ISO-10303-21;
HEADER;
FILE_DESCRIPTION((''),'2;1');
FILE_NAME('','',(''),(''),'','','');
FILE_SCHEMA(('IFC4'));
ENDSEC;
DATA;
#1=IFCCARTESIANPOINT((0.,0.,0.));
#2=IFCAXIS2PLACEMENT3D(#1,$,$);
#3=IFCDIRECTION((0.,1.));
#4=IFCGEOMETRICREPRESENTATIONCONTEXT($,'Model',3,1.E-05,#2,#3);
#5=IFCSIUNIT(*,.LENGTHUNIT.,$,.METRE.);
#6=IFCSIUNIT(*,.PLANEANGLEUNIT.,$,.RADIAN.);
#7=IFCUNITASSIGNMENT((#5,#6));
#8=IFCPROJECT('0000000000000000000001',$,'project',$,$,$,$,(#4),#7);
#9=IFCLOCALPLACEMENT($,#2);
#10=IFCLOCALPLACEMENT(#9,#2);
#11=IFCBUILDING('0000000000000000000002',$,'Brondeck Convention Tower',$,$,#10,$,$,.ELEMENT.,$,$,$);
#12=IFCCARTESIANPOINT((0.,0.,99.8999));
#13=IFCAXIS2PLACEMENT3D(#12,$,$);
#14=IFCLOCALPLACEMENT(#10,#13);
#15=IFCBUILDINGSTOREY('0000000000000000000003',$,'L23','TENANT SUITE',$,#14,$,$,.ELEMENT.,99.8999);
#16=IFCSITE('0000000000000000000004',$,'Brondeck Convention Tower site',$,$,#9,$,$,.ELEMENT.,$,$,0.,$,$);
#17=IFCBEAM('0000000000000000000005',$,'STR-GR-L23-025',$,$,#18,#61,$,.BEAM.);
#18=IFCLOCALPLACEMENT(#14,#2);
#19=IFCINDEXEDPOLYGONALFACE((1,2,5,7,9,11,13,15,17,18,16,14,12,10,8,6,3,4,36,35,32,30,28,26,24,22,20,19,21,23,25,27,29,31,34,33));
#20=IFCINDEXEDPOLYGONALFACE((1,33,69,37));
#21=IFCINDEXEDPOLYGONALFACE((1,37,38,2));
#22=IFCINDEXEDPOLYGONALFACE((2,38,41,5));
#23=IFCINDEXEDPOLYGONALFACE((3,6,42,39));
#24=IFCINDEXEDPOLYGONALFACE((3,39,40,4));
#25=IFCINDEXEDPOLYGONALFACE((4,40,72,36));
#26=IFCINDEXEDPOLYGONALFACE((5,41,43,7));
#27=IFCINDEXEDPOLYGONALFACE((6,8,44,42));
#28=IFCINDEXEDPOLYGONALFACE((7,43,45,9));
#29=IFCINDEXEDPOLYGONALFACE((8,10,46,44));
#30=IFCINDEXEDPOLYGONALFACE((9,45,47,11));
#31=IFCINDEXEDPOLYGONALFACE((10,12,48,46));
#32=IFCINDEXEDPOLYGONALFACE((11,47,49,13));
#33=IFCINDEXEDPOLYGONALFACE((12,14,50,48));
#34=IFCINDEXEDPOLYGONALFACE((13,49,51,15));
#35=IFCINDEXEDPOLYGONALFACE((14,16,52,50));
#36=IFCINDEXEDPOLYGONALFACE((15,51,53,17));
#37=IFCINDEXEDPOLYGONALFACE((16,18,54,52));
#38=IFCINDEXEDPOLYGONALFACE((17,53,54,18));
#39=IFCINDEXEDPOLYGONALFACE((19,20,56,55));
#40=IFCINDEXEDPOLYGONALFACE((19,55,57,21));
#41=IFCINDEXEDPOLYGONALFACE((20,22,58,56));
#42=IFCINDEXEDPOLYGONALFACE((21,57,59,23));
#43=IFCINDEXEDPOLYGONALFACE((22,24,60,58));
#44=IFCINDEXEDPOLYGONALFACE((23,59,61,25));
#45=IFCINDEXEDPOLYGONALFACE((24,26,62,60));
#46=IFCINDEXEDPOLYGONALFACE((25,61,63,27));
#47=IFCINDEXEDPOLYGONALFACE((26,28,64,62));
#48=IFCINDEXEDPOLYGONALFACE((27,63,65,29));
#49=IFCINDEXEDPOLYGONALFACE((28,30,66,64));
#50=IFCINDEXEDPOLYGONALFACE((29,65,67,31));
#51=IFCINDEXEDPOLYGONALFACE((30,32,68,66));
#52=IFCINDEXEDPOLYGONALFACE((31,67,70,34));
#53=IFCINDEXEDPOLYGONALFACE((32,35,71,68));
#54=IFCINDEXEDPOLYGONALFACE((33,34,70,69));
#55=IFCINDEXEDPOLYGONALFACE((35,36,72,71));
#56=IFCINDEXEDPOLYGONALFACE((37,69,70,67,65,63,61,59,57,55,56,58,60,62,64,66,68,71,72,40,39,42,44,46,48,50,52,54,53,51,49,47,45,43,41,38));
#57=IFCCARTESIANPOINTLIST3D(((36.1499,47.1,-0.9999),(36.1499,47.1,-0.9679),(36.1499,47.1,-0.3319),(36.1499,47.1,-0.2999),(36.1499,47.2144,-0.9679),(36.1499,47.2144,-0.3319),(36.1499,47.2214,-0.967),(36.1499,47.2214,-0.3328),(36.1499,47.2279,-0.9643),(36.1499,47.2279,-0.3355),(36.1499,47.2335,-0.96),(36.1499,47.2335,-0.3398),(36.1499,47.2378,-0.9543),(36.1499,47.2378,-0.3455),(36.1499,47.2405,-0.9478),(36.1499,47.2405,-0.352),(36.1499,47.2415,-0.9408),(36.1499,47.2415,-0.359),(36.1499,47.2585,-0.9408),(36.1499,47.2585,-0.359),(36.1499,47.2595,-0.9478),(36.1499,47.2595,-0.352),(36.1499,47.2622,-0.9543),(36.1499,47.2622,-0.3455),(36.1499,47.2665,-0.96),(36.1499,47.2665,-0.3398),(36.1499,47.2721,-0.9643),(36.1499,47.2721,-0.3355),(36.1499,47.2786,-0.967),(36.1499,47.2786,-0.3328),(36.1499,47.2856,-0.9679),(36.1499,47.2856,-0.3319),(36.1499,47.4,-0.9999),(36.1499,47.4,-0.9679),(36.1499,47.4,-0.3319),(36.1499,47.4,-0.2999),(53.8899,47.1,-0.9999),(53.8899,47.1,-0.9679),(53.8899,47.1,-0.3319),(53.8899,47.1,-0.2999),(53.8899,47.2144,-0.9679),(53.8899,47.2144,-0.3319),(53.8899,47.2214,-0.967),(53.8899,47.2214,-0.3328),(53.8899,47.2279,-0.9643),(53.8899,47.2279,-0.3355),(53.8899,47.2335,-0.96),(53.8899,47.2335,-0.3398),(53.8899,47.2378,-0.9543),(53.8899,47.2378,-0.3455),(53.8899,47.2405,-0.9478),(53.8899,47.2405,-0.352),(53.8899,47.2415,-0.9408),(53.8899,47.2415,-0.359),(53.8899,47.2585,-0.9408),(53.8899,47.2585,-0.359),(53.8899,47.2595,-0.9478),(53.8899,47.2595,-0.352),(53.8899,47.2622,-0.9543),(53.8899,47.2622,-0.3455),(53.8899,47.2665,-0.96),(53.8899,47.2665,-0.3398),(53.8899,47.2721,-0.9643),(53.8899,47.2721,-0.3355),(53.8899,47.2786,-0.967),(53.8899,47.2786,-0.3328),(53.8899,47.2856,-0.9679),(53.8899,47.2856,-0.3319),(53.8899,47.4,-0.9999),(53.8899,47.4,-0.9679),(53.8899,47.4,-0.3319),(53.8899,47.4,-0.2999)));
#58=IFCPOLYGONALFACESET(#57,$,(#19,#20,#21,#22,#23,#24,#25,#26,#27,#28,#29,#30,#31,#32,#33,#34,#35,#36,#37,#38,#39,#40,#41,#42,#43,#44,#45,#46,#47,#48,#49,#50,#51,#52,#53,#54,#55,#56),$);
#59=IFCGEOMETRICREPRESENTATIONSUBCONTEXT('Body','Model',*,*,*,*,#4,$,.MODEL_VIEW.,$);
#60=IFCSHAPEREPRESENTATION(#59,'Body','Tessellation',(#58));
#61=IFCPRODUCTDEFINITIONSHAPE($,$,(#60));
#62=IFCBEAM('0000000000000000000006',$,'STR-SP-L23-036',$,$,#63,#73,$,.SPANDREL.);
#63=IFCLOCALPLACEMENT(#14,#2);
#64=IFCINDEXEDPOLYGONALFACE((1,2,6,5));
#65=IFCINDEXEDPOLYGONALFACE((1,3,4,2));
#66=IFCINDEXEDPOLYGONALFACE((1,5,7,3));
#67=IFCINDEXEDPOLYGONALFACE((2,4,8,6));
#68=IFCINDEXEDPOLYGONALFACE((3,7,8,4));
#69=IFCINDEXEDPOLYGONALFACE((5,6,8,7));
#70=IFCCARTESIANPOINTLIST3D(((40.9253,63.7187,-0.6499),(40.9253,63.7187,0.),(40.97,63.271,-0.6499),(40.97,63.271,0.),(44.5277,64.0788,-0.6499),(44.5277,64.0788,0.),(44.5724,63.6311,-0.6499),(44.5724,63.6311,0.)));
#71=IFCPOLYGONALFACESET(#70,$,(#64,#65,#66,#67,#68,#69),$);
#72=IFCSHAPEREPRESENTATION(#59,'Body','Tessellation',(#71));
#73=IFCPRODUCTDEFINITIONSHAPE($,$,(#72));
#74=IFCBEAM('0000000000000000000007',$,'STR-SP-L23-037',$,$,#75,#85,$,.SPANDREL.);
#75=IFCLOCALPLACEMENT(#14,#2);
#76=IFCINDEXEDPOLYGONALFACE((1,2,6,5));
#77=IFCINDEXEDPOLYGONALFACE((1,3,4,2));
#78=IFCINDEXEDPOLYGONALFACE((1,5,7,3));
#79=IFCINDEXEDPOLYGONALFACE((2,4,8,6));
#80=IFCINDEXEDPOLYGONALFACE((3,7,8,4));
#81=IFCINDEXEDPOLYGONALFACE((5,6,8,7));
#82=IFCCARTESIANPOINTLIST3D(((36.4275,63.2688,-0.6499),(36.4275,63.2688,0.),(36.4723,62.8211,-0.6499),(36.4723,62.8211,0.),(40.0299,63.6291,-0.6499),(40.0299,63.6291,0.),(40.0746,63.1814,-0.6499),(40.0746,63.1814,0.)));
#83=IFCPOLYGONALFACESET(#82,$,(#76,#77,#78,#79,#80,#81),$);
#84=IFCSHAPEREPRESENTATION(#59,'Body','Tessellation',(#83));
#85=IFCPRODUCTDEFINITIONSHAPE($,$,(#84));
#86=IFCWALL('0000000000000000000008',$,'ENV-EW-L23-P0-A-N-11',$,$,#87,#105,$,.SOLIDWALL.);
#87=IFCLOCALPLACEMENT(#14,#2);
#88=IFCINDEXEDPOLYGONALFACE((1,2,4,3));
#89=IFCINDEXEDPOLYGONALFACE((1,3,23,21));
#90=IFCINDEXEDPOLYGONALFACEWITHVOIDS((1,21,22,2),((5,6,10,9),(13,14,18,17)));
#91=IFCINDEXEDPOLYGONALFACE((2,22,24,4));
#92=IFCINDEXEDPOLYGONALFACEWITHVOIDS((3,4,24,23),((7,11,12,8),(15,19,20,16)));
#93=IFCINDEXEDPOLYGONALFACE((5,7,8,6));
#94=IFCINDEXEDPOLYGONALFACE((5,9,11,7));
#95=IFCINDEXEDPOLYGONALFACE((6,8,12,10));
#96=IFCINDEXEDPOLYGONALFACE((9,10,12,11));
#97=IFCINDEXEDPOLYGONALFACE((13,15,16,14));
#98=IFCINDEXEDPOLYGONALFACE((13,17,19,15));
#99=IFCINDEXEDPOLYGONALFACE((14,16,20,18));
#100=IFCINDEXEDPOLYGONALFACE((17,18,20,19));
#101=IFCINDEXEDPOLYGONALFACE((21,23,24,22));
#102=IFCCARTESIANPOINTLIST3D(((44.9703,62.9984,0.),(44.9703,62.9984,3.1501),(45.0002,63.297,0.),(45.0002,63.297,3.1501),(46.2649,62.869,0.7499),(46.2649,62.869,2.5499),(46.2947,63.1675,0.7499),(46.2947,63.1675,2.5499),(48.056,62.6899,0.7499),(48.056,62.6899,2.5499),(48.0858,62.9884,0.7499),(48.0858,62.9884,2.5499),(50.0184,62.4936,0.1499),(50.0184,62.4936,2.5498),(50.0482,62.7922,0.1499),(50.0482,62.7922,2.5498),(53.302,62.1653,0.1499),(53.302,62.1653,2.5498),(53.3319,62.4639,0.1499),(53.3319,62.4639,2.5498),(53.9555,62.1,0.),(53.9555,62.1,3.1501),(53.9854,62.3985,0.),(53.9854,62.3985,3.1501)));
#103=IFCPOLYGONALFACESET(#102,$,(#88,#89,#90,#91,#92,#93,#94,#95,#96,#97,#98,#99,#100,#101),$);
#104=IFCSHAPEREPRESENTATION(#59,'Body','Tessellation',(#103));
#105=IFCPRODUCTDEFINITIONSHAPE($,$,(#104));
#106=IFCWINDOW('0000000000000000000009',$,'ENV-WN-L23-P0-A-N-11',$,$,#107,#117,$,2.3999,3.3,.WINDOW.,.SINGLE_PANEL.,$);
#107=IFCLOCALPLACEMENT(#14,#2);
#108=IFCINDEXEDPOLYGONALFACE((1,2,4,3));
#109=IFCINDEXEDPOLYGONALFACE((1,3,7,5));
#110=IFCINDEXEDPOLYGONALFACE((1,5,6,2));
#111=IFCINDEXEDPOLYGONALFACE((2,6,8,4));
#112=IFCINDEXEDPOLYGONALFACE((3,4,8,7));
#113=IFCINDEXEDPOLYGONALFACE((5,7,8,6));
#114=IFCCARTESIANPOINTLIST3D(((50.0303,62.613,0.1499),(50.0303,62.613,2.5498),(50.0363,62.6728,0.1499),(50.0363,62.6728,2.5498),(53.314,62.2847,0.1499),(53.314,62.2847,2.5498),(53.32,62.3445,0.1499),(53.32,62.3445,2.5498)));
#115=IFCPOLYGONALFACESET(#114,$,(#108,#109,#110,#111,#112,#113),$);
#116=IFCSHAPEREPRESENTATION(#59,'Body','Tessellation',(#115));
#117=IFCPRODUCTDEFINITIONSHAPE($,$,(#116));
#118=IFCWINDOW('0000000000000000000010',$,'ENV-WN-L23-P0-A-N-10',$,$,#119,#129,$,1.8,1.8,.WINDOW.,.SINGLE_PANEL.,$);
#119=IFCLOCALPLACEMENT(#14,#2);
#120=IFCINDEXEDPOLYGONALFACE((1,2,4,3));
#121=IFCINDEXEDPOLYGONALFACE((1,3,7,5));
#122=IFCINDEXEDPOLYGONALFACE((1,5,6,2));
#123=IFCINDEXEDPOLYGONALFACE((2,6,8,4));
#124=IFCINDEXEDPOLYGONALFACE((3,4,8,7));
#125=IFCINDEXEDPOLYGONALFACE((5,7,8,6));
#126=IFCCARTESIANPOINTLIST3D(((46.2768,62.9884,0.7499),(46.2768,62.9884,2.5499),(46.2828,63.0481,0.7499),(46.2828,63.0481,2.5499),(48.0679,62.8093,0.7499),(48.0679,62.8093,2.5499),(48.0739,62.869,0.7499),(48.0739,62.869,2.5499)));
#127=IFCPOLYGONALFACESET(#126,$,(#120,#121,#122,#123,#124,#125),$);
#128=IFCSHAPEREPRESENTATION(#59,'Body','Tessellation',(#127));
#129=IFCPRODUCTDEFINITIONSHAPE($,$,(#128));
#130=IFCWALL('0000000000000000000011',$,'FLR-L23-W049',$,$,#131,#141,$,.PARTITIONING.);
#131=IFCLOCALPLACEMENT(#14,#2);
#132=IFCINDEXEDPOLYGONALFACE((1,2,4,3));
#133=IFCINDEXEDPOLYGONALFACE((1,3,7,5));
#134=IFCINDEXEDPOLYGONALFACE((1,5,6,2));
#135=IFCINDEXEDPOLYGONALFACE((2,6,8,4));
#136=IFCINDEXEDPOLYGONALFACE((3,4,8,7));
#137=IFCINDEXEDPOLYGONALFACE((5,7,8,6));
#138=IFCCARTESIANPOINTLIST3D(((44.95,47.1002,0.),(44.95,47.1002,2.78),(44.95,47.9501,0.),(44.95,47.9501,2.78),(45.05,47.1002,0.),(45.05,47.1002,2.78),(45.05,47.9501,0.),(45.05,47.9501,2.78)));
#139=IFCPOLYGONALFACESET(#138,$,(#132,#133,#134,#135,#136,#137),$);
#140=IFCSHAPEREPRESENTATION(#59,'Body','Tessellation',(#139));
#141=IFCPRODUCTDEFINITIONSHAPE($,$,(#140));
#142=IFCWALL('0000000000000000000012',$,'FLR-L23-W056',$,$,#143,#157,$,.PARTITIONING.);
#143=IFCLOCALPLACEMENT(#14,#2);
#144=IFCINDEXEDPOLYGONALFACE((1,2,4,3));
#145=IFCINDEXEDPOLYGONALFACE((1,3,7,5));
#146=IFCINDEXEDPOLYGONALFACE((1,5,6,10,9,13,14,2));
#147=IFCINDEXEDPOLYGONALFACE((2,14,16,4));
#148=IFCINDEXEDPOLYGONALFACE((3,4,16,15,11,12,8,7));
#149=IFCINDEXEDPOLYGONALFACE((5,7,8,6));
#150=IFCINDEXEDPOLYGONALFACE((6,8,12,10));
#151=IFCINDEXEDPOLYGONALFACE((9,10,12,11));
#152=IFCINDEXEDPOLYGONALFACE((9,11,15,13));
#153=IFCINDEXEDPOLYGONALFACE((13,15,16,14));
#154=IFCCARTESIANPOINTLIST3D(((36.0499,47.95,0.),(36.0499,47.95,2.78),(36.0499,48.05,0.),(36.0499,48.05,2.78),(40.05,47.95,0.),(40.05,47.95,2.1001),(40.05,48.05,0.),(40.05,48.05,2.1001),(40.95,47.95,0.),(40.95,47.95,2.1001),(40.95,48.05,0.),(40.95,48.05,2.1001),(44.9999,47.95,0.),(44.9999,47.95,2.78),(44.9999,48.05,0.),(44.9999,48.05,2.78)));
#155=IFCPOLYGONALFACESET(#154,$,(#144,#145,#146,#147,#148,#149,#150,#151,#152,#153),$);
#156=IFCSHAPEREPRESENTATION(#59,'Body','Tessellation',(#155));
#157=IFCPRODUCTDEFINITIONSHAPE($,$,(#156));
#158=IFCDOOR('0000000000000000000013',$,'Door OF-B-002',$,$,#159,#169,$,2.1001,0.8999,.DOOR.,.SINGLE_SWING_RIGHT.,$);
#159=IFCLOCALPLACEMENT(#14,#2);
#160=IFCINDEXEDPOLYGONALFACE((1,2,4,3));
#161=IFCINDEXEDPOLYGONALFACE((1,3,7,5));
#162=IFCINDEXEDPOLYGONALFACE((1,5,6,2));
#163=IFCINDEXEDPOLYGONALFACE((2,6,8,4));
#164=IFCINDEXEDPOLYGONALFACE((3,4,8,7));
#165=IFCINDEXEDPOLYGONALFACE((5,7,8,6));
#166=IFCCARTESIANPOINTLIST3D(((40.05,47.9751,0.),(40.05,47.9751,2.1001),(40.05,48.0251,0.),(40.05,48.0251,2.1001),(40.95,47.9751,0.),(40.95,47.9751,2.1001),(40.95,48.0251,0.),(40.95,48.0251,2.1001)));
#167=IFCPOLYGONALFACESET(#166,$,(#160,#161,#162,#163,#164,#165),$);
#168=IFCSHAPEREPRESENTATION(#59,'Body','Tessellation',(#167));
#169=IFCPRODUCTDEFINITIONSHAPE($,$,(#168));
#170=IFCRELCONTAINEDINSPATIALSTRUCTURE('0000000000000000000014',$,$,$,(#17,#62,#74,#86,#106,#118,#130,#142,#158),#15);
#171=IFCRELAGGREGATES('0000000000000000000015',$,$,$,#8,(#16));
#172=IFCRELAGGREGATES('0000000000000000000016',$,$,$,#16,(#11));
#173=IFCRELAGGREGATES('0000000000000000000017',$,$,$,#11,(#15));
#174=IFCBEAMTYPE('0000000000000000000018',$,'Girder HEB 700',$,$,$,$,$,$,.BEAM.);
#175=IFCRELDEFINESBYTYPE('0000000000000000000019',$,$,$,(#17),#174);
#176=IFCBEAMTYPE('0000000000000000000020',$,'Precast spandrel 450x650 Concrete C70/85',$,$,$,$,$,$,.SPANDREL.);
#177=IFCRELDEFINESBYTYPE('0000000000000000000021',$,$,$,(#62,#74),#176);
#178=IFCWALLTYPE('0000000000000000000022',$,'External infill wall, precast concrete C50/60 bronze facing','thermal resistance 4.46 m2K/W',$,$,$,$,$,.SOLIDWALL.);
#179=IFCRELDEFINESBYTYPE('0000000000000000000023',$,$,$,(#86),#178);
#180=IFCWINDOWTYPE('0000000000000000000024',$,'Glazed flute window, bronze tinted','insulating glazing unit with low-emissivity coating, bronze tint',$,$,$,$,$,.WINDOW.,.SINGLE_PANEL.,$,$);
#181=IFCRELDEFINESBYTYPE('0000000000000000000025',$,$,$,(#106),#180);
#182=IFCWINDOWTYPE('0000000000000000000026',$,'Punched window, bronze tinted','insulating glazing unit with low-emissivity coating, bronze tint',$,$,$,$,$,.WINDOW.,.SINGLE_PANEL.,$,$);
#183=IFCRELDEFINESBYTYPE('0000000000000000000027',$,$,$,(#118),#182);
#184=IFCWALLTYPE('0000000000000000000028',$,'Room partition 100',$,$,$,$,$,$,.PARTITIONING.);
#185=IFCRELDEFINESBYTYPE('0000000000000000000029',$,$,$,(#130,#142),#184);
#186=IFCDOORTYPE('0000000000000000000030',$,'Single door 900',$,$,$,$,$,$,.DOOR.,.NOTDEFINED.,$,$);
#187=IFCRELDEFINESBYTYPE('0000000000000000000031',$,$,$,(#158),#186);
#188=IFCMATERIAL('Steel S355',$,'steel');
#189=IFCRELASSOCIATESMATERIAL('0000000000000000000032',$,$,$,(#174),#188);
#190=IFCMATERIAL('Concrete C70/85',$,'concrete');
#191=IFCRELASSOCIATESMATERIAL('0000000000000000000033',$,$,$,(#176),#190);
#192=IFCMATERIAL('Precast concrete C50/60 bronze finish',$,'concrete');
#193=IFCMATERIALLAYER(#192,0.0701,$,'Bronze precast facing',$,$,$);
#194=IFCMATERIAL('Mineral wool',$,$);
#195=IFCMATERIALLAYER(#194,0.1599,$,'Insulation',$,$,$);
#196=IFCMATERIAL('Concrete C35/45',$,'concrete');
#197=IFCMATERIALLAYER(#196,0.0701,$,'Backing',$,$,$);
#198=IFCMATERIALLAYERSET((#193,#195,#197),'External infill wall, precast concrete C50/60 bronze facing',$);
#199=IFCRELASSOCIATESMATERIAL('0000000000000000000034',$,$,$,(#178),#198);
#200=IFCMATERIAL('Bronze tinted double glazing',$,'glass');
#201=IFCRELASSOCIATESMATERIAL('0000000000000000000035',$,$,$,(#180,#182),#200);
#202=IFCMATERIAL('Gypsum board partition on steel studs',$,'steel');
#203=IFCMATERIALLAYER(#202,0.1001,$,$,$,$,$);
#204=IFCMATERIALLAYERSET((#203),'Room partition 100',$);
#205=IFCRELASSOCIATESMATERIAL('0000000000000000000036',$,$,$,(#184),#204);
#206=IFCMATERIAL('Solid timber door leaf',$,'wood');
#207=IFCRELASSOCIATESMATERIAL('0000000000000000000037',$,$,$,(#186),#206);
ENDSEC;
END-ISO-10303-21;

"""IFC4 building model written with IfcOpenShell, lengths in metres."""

from ifc_helpers import new_model, si_unit, direction, frame, frame_2d, origin, origin_2d, place, context, subcontext, project, spatial, rectangle, i_section, extrude, material, layer, layer_set, material_profile, profile_set, type_object, element, fill, save


model = new_model("IFC4")

# Units and contexts
model_context = context("Model", 3, precision=1e-05, world=origin(), true_north=direction((0.0, 1.0)))
body_context = subcontext(model_context, "Body", "Model", "MODEL_VIEW")
ifc_project = project(units=[si_unit("LENGTHUNIT", "METRE"), si_unit("PLANEANGLEUNIT", "RADIAN")], contexts=[model_context])

# Site, building, storey
site_placement = place(None, origin())
site = spatial("IfcSite", under=ifc_project, at=site_placement, Name="Brondeck Convention Tower site", CompositionType="ELEMENT", RefElevation=0.0)
building_placement = place(site_placement, origin())
building = spatial("IfcBuilding", under=site, at=building_placement, Name="Brondeck Convention Tower", CompositionType="ELEMENT")
storey_placement = place(building_placement, frame((0.0, 0.0, 99.8999)))
storey = spatial("IfcBuildingStorey", under=building, at=storey_placement, Name="L23", Description="TENANT SUITE", CompositionType="ELEMENT", Elevation=99.8999)

# Shared definitions
ifc_material_1 = material(Name="Concrete C70/85", Category="concrete")

# Beams
ifc_material_2 = material(Name="Steel S355", Category="steel")
ifc_material_profile_1 = material_profile(ifc_material_2, i_section(OverallWidth=0.3, OverallDepth=0.7, WebThickness=0.0171, FlangeThickness=0.032, FilletRadius=0.0271, at=origin_2d()), Name="HEB 700")
ifc_profile_set_1 = profile_set([ifc_material_profile_1], Name="Steel S355")
beam_type_1 = type_object("IfcBeamType", Name="Girder HEB 700", PredefinedType="BEAM", material=ifc_profile_set_1)
beam_1_placement = place(storey_placement, frame((36.1499, 47.25, -0.6499), z_axis=(1.0, 0.0, 0.0), x_axis=(0.0, 1.0, 0.0)))
element("IfcBeam", 1, at=beam_1_placement, inside=storey, type_object=beam_type_1, Name="STR-GR-L23-025", PredefinedType="BEAM", context=body_context, shape_type="SweptSolid", body=[
    extrude(i_section(OverallWidth=0.3, OverallDepth=0.7, WebThickness=0.0171, FlangeThickness=0.032, FilletRadius=0.0271, at=origin_2d()), origin(), (0.0, 0.0, 1.0), 17.74),
])
ifc_material_profile_2 = material_profile(ifc_material_1, rectangle(XDim=0.45, YDim=0.6499, at=origin_2d()), Name="Precast spandrel 450x650 Concrete C70/85")
ifc_profile_set_2 = profile_set([ifc_material_profile_2], Name="Concrete C70/85")
beam_type_2 = type_object("IfcBeamType", Name="Precast spandrel 450x650 Concrete C70/85", PredefinedType="SPANDREL", material=ifc_profile_set_2)
for number, where, z_axis, x_axis, name in (
    (2, (44.55, 63.855, -0.325), (-0.995041, -0.09947, 0.0), (0.09947, -0.995041, 0.0), "STR-SP-L23-036"),
    (3, (40.0522, 63.4053, -0.325), (-0.995034, -0.099537, 0.0), (0.099537, -0.995034, 0.0), "STR-SP-L23-037"),
):
    element("IfcBeam", number, at=place(storey_placement, frame(where, z_axis=z_axis, x_axis=x_axis)), inside=storey, type_object=beam_type_2, Name=name, PredefinedType="SPANDREL", context=body_context, shape_type="SweptSolid", body=[
        extrude(rectangle(XDim=0.45, YDim=0.6499, at=origin_2d()), origin(), (0.0, 0.0, 1.0), 3.6204),
    ])

# Wall, openings, windows
ifc_material_3 = material(Name="Precast concrete C50/60 bronze finish", Category="concrete")
ifc_layer_1 = layer(ifc_material_3, 0.0701, Name="Bronze precast facing")
ifc_material_4 = material(Name="Mineral wool")
ifc_layer_2 = layer(ifc_material_4, 0.1599, Name="Insulation")
ifc_material_5 = material(Name="Concrete C35/45", Category="concrete")
ifc_layer_3 = layer(ifc_material_5, 0.0701, Name="Backing")
ifc_layer_set_1 = layer_set([ifc_layer_1, ifc_layer_2, ifc_layer_3], Name="External infill wall, precast concrete C50/60 bronze facing")
wall_type_1 = type_object("IfcWallType", Name="External infill wall, precast concrete C50/60 bronze facing", Description="thermal resistance 4.46 m2K/W", PredefinedType="SOLIDWALL", material=ifc_layer_set_1)
wall_1_placement = place(storey_placement, frame((44.9851, 63.1477, 0.0), z_axis=(0.0, 0.0, 1.0), x_axis=(0.995038, -0.099496, 0.0)))
wall_1 = element("IfcWall", 4, at=wall_1_placement, inside=storey, type_object=wall_type_1, Name="ENV-EW-L23-P0-A-N-11", PredefinedType="SOLIDWALL", context=body_context, shape_type="SweptSolid", body=[
    extrude(rectangle(XDim=9.03, YDim=0.3, at=frame_2d((4.5151, 0.0))), origin(), (0.0, 0.0, 1.0), 3.1501),
])
opening_1_placement = place(wall_1_placement, frame((1.3013, 0.0, 0.75)))
opening_1 = element("IfcOpeningElement", 5, at=opening_1_placement, cuts=wall_1, PredefinedType="OPENING", context=body_context, shape_type="SweptSolid", body=[
    extrude(rectangle(XDim=1.8, YDim=1.8, at=frame_2d((0.8999, 0.8999))), frame((0.0, 0.1599, 0.0), z_axis=(0.0, -1.0, 0.0), x_axis=(1.0, 0.0, 0.0)), (0.0, 0.0, 1.0), 0.3201),
])
opening_2_placement = place(wall_1_placement, frame((5.0735, 0.0, 0.1499)))
opening_2 = element("IfcOpeningElement", 6, at=opening_2_placement, cuts=wall_1, PredefinedType="OPENING", context=body_context, shape_type="SweptSolid", body=[
    extrude(rectangle(XDim=3.3, YDim=2.3999, at=frame_2d((1.6499, 1.2))), frame((0.0, 0.1599, 0.0), z_axis=(0.0, -1.0, 0.0), x_axis=(1.0, 0.0, 0.0)), (0.0, 0.0, 1.0), 0.3201),
])
ifc_material_6 = material(Name="Bronze tinted double glazing", Category="glass")
window_type_1 = type_object("IfcWindowType", Name="Glazed flute window, bronze tinted", Description="insulating glazing unit with low-emissivity coating, bronze tint", PartitioningType="SINGLE_PANEL", PredefinedType="WINDOW", material=ifc_material_6)
window_1_placement = place(opening_2_placement, origin())
window_1 = element("IfcWindow", 7, at=window_1_placement, inside=storey, type_object=window_type_1, Name="ENV-WN-L23-P0-A-N-11", OverallHeight=2.3999, OverallWidth=3.3, PartitioningType="SINGLE_PANEL", PredefinedType="WINDOW", context=body_context, shape_type="SweptSolid", body=[
    extrude(rectangle(XDim=3.3, YDim=2.3999, at=frame_2d((1.6499, 1.2))), frame((0.0, 0.03, 0.0), z_axis=(0.0, -1.0, 0.0), x_axis=(1.0, 0.0, 0.0)), (0.0, 0.0, 1.0), 0.0601),
])
fill(opening_2, window_1)
window_type_2 = type_object("IfcWindowType", Name="Punched window, bronze tinted", Description="insulating glazing unit with low-emissivity coating, bronze tint", PartitioningType="SINGLE_PANEL", PredefinedType="WINDOW", material=ifc_material_6)
window_2_placement = place(opening_1_placement, origin())
window_2 = element("IfcWindow", 8, at=window_2_placement, inside=storey, type_object=window_type_2, Name="ENV-WN-L23-P0-A-N-10", OverallHeight=1.8, OverallWidth=1.8, PartitioningType="SINGLE_PANEL", PredefinedType="WINDOW", context=body_context, shape_type="SweptSolid", body=[
    extrude(rectangle(XDim=1.8, YDim=1.8, at=frame_2d((0.8999, 0.8999))), frame((0.0, 0.03, 0.0), z_axis=(0.0, -1.0, 0.0), x_axis=(1.0, 0.0, 0.0)), (0.0, 0.0, 1.0), 0.0601),
])
fill(opening_1, window_2)

# Wall
ifc_material_7 = material(Name="Gypsum board partition on steel studs", Category="steel")
ifc_layer_4 = layer(ifc_material_7, 0.1001)
ifc_layer_set_2 = layer_set([ifc_layer_4], Name="Room partition 100")
wall_type_2 = type_object("IfcWallType", Name="Room partition 100", PredefinedType="PARTITIONING", material=ifc_layer_set_2)
wall_2_placement = place(storey_placement, frame((45.0, 47.95, 0.0), z_axis=(0.0, 0.0, 1.0), x_axis=(0.0, -1.0, 0.0)))
element("IfcWall", 9, at=wall_2_placement, inside=storey, type_object=wall_type_2, Name="FLR-L23-W049", PredefinedType="PARTITIONING", context=body_context, shape_type="SweptSolid", body=[
    extrude(rectangle(XDim=0.8499, YDim=0.1001, at=frame_2d((0.4248, 0.0))), origin(), (0.0, 0.0, 1.0), 2.78),
])

# Wall, opening, door
wall_3_placement = place(storey_placement, frame((45.0, 48.0, 0.0), z_axis=(0.0, 0.0, 1.0), x_axis=(-1.0, 0.0, 0.0)))
wall_3 = element("IfcWall", 10, at=wall_3_placement, inside=storey, type_object=wall_type_2, Name="FLR-L23-W056", PredefinedType="PARTITIONING", context=body_context, shape_type="SweptSolid", body=[
    extrude(rectangle(XDim=8.95, YDim=0.1001, at=frame_2d((4.4751, 0.0))), origin(), (0.0, 0.0, 1.0), 2.78),
])
opening_3_placement = place(wall_3_placement, frame((4.05, 0.0, 0.0)))
opening_3 = element("IfcOpeningElement", 11, at=opening_3_placement, cuts=wall_3, PredefinedType="OPENING", context=body_context, shape_type="SweptSolid", body=[
    extrude(rectangle(XDim=0.8999, YDim=2.1001, at=frame_2d((0.45, 1.05))), frame((0.0, 0.0601, 0.0), z_axis=(0.0, -1.0, 0.0), x_axis=(1.0, 0.0, 0.0)), (0.0, 0.0, 1.0), 0.1201),
])
ifc_material_8 = material(Name="Solid timber door leaf", Category="wood")
door_type_1 = type_object("IfcDoorType", Name="Single door 900", OperationType="NOTDEFINED", PredefinedType="DOOR", material=ifc_material_8)
door_1_placement = place(opening_3_placement, origin())
door_1 = element("IfcDoor", 12, at=door_1_placement, inside=storey, type_object=door_type_1, Name="Door OF-B-002", OperationType="SINGLE_SWING_RIGHT", OverallHeight=2.1001, OverallWidth=0.8999, PredefinedType="DOOR", context=body_context, shape_type="SweptSolid", body=[
    extrude(rectangle(XDim=0.8999, YDim=2.1001, at=frame_2d((0.45, 1.05))), frame((0.0, 0.0249, 0.0), z_axis=(0.0, -1.0, 0.0), x_axis=(1.0, 0.0, 0.0)), (0.0, 0.0, 1.0), 0.05),
])
fill(opening_3, door_1)

save(model, "model.ifc")
